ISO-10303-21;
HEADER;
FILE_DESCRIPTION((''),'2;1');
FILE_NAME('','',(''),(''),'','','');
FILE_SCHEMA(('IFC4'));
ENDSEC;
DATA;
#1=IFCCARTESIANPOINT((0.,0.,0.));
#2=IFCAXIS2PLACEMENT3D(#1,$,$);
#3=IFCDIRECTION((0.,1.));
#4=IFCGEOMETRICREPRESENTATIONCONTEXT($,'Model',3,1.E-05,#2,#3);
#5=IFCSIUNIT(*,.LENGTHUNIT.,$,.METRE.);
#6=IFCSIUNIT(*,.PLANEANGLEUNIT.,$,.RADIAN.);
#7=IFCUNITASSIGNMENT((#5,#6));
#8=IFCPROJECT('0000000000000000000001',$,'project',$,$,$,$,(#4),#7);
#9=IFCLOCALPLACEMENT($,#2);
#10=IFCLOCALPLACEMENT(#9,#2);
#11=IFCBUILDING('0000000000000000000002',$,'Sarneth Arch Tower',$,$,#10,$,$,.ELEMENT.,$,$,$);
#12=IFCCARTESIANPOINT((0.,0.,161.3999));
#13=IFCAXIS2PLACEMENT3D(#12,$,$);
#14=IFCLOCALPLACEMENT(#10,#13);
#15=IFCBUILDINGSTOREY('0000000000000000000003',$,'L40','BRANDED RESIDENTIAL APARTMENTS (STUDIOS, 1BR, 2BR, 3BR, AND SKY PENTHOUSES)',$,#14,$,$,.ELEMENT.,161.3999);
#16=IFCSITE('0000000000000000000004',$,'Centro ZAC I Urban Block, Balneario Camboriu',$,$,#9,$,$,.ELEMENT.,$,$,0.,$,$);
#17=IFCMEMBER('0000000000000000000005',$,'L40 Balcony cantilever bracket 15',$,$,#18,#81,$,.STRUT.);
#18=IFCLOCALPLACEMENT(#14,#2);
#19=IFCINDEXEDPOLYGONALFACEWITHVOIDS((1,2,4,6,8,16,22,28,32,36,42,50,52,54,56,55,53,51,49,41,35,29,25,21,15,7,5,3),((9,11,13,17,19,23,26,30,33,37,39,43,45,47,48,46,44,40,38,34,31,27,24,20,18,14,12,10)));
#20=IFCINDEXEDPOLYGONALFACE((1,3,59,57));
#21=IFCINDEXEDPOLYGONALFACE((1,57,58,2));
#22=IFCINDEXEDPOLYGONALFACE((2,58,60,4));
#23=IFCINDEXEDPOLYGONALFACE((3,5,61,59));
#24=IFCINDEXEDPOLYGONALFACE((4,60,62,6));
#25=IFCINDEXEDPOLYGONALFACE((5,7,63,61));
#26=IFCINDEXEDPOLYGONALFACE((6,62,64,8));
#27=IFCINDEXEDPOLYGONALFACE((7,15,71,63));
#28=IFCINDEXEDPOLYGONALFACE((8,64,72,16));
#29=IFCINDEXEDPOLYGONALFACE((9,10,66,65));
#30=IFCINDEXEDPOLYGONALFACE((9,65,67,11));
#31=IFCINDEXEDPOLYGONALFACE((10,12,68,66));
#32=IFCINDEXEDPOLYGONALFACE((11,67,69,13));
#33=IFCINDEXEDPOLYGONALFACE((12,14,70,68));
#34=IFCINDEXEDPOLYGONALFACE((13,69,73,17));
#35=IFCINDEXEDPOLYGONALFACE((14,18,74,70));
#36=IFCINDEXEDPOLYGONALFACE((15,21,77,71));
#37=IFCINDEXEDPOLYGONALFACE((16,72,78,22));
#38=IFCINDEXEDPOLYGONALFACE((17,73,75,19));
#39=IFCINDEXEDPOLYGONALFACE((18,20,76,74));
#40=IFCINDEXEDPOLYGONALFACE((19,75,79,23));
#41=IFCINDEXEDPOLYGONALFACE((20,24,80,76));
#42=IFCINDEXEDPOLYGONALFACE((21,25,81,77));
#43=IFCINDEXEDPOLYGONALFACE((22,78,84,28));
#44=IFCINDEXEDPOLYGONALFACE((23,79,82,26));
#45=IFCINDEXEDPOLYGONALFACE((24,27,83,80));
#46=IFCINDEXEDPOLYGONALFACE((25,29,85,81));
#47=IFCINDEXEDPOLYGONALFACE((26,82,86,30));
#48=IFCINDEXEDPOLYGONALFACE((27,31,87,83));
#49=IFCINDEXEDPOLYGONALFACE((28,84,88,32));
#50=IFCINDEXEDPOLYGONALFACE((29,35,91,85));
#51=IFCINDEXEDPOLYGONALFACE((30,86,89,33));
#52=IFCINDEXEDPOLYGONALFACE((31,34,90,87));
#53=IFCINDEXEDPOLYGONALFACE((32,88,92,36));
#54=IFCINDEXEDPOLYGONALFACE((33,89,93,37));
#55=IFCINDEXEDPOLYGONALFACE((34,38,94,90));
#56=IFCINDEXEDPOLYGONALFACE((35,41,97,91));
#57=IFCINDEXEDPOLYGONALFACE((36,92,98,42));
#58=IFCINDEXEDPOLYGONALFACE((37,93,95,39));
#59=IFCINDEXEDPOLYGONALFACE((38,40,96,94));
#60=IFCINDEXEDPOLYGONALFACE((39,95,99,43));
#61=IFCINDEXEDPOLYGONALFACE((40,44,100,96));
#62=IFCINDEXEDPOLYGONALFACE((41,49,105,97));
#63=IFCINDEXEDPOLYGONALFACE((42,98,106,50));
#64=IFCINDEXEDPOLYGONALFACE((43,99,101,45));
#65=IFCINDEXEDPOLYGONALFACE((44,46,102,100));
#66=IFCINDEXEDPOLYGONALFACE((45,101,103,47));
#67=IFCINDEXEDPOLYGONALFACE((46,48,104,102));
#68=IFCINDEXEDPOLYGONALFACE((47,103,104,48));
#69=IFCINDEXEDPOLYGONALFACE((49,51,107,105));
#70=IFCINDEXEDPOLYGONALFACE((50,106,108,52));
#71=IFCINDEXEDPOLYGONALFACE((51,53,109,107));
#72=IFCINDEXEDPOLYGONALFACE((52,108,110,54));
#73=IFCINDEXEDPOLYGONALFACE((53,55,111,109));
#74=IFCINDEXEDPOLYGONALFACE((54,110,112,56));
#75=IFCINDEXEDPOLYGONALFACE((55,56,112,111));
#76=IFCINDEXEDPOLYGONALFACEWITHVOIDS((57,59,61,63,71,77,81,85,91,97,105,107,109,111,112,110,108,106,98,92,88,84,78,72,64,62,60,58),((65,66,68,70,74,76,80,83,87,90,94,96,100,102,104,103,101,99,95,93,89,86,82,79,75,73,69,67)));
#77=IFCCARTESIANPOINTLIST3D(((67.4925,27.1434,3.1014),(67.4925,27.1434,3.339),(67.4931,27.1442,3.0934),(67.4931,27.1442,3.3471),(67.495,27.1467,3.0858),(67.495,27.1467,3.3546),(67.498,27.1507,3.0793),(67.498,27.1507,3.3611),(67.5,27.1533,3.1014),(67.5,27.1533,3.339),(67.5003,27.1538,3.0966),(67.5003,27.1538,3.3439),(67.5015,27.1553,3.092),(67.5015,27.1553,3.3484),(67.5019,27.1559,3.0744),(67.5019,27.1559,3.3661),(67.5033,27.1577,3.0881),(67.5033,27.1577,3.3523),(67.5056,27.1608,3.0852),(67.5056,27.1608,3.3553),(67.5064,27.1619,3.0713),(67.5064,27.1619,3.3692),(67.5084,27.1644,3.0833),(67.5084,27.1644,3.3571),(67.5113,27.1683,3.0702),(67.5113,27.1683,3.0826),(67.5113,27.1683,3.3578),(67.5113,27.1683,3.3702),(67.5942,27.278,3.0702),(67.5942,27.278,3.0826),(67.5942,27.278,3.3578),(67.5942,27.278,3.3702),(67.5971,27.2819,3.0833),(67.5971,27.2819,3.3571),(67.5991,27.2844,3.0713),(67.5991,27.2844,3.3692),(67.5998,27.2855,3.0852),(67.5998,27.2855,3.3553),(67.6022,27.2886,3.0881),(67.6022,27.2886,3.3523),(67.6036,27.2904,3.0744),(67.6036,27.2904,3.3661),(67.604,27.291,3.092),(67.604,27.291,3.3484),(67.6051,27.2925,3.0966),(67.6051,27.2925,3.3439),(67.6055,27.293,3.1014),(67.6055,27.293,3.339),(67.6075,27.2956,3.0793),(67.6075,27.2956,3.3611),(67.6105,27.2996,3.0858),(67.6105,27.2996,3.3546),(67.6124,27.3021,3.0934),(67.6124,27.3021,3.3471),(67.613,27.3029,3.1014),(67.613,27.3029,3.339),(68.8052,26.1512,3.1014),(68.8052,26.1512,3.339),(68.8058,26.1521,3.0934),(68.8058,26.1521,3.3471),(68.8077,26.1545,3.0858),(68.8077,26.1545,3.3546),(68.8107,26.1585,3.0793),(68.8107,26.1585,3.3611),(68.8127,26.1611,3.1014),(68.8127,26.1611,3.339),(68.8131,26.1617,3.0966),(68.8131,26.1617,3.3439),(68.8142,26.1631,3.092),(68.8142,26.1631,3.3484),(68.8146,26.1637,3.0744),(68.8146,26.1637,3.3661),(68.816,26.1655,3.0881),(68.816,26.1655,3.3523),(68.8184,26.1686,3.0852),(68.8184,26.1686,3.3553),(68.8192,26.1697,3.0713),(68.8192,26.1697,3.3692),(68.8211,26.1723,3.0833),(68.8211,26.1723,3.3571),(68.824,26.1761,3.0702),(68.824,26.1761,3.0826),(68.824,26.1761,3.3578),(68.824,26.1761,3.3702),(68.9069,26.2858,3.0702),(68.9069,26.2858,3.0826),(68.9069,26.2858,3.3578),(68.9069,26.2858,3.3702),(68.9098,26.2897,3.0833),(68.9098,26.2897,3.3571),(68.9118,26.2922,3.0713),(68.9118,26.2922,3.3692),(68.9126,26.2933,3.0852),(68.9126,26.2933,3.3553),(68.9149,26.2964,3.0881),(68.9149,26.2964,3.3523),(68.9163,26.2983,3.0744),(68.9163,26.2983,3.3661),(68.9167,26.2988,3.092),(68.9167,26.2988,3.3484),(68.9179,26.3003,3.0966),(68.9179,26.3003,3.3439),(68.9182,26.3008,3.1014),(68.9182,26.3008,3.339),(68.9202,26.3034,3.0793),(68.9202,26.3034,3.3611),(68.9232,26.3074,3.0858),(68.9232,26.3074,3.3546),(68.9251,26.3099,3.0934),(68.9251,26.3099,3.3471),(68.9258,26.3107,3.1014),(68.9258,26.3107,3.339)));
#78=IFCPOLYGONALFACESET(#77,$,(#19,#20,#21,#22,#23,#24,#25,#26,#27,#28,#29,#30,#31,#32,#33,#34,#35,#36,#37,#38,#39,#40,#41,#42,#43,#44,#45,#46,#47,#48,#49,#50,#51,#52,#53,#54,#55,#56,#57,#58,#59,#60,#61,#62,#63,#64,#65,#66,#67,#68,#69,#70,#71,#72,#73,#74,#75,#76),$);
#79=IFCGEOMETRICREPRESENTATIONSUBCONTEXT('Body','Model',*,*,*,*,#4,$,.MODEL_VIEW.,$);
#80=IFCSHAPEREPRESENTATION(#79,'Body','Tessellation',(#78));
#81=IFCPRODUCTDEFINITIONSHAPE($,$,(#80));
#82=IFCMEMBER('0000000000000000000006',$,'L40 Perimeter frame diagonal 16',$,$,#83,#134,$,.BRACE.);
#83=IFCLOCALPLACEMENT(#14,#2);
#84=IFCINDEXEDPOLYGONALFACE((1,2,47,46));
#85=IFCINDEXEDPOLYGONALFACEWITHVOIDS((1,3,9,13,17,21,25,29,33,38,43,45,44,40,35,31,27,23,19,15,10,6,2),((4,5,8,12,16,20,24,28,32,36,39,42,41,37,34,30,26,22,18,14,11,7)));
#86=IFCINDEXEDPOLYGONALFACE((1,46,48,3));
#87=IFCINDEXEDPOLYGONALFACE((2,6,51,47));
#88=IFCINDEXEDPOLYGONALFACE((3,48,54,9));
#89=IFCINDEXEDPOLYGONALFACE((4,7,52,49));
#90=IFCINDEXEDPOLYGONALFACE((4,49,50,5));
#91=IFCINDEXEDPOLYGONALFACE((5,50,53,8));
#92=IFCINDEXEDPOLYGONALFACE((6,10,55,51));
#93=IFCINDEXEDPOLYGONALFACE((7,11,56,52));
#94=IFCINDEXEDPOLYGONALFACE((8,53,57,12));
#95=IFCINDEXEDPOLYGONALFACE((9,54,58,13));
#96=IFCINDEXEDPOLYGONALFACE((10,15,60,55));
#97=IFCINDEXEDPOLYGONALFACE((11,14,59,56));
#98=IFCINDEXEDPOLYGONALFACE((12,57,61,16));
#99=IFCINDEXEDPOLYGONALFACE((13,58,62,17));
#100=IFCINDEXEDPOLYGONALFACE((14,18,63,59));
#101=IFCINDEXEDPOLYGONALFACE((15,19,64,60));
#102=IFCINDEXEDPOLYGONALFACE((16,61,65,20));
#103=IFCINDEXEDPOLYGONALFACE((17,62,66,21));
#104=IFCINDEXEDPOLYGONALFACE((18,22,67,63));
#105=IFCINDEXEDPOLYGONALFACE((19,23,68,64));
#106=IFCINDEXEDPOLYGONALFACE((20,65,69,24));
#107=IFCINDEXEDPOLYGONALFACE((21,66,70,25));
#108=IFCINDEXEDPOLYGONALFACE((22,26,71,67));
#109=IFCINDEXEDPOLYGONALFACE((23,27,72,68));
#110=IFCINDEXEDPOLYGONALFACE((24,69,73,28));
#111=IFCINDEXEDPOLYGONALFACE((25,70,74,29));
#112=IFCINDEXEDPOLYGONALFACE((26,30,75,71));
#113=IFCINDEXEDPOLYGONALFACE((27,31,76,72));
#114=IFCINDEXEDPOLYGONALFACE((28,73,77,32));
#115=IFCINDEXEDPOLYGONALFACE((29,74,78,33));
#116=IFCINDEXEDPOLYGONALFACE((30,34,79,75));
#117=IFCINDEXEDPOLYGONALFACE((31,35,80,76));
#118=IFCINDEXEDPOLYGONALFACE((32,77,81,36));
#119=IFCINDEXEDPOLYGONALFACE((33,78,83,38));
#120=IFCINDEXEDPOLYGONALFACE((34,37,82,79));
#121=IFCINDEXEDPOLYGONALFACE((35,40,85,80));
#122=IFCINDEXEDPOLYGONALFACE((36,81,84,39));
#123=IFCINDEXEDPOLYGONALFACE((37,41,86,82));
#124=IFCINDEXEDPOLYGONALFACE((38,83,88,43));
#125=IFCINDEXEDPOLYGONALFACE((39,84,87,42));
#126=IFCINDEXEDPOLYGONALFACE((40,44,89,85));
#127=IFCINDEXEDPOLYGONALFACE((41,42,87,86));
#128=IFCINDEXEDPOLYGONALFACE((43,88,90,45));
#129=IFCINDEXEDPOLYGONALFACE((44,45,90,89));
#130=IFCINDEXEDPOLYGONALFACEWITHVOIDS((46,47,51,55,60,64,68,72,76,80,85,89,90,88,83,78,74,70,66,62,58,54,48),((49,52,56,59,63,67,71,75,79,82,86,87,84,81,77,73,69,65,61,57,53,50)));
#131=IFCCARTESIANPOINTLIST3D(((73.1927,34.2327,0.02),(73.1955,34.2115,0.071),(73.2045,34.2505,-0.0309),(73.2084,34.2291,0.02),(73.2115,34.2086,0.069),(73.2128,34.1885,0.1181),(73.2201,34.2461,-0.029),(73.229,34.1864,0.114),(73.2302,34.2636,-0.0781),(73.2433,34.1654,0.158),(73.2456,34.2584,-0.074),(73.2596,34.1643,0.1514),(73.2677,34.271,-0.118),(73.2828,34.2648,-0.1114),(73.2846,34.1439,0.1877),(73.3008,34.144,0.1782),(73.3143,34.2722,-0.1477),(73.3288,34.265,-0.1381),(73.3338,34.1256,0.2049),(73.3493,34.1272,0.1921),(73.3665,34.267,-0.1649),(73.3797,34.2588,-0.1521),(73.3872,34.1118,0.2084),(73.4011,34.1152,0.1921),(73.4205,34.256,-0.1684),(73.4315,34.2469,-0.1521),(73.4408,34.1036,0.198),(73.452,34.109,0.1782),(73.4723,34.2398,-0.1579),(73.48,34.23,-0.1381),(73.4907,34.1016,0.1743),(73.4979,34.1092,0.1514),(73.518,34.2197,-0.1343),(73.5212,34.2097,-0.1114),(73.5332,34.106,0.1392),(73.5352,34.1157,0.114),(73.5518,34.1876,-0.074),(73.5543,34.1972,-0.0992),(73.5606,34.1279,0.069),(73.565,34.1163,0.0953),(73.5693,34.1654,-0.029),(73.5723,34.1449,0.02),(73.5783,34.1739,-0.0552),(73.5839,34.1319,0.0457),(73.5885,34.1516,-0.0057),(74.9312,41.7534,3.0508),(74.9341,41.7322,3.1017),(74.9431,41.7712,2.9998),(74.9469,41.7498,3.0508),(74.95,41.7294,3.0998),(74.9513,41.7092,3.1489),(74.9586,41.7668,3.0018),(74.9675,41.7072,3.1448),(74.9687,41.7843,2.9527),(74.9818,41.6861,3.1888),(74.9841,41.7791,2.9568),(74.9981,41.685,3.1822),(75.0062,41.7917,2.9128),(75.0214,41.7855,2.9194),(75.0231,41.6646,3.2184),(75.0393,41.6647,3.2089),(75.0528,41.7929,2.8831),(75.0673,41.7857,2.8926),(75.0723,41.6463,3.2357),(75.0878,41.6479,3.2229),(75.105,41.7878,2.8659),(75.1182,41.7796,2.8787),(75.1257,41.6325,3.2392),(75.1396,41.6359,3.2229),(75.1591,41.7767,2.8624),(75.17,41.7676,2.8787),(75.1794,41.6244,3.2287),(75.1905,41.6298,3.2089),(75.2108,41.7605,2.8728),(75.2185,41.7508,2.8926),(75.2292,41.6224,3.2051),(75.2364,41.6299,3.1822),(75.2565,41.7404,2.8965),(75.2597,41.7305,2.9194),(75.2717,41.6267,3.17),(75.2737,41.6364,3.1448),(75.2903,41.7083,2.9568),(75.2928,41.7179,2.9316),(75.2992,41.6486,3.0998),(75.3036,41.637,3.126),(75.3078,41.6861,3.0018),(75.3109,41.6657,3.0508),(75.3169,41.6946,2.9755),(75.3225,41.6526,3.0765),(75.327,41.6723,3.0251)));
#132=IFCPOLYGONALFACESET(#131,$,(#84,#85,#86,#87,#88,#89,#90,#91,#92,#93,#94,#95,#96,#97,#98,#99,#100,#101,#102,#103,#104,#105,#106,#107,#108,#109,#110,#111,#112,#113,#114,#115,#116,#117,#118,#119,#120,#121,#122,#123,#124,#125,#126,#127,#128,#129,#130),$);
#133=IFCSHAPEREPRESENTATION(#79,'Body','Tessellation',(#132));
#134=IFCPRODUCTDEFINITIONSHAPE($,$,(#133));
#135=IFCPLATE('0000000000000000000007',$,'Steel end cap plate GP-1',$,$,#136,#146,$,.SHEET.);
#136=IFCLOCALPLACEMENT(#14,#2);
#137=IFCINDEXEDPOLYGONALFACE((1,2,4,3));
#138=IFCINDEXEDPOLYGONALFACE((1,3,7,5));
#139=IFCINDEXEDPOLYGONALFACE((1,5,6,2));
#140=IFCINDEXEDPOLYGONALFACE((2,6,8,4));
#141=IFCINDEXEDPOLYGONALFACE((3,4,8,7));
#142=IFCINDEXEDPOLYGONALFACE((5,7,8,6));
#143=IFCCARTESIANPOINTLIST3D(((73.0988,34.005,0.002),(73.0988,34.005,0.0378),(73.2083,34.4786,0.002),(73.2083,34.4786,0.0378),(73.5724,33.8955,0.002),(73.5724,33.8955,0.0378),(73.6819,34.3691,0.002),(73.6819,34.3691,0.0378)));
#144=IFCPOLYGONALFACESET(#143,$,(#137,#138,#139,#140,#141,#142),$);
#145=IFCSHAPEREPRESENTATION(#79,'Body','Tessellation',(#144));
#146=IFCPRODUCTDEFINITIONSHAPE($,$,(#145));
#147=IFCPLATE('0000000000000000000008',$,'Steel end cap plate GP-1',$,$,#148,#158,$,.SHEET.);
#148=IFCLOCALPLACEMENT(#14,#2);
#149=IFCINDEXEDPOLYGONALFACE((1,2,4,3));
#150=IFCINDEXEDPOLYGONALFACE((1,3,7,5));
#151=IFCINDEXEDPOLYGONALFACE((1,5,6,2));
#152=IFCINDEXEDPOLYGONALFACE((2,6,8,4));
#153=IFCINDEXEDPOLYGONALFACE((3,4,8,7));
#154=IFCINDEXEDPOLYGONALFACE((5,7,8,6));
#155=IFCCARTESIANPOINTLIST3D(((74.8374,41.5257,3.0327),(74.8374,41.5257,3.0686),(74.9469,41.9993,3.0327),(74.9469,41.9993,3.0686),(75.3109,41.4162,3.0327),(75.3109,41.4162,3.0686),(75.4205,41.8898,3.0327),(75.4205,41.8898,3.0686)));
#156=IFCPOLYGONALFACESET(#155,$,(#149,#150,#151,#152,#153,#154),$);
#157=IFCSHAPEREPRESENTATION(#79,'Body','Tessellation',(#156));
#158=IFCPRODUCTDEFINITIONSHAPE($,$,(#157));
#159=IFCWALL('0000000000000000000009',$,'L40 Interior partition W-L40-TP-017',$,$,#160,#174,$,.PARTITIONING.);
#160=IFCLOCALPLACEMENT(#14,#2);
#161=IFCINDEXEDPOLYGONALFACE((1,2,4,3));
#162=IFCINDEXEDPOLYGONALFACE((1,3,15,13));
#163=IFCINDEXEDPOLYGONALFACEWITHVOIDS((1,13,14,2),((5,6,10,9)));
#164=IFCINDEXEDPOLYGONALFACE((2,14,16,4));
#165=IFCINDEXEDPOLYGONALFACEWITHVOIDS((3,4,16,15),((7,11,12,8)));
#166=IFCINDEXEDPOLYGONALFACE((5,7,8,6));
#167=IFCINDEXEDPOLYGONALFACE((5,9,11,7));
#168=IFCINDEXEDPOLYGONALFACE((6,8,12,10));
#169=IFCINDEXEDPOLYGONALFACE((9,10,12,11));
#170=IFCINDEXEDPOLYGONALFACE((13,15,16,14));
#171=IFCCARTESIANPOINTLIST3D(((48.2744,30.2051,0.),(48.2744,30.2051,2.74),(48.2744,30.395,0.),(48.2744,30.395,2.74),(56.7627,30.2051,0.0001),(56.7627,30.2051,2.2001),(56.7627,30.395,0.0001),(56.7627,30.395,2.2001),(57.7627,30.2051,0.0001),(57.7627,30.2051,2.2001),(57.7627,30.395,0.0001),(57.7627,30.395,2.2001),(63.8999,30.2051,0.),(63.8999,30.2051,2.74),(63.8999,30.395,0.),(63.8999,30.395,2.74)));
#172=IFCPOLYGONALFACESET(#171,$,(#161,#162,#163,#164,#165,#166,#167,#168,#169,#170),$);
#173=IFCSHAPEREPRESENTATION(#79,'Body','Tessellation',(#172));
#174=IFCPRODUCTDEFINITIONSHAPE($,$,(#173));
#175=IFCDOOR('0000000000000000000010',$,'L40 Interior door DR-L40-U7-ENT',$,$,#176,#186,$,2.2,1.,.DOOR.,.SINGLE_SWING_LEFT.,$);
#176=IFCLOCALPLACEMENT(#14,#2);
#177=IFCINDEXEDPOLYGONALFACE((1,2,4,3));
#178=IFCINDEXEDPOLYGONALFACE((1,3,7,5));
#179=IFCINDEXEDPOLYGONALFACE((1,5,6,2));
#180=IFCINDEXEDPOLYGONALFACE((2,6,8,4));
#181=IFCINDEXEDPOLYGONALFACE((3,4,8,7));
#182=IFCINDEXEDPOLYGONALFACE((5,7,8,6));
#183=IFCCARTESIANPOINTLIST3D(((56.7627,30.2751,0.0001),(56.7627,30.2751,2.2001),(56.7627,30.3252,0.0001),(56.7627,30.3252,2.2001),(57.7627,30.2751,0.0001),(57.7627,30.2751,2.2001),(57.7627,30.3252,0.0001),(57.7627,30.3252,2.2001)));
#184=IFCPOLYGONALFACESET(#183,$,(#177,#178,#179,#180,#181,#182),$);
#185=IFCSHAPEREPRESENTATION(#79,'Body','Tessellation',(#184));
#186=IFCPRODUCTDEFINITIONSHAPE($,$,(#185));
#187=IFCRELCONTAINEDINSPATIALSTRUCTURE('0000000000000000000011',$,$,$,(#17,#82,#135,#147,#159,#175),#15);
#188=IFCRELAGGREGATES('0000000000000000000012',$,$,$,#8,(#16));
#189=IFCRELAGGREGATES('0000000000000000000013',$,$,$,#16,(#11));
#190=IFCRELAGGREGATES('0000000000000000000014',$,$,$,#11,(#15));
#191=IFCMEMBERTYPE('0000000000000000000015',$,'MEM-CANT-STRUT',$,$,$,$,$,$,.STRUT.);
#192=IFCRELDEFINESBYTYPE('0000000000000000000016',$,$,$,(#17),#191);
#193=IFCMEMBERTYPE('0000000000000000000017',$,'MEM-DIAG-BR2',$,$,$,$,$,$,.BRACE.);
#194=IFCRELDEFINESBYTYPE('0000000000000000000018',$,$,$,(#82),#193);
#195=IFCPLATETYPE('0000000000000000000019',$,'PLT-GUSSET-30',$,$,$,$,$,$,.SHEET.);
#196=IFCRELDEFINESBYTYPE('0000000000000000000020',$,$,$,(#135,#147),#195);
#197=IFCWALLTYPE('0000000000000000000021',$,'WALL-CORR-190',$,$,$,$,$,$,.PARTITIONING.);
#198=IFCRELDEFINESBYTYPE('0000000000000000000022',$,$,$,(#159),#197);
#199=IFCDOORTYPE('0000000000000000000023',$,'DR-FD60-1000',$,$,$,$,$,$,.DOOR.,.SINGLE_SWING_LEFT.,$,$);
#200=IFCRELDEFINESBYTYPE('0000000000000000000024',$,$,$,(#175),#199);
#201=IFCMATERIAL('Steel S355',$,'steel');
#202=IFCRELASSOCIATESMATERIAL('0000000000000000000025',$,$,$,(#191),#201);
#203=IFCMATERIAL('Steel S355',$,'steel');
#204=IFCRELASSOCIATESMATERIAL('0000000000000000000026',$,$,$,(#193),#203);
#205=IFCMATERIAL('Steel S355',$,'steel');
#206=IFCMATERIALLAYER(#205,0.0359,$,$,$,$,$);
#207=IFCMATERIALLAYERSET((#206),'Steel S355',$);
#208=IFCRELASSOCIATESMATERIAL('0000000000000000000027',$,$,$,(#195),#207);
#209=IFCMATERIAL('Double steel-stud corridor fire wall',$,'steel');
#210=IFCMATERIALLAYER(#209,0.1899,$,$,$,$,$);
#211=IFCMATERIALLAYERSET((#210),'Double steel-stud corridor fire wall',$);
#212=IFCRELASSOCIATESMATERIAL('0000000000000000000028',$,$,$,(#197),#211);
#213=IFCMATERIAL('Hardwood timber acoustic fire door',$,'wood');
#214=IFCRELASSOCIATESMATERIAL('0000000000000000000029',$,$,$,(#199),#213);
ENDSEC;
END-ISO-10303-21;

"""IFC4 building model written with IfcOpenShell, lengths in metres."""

from ifc_helpers import new_model, si_unit, direction, frame, frame_2d, origin, origin_2d, place, context, subcontext, project, spatial, rectangle, hollow_rectangle, hollow_circle, extrude, material, layer, layer_set, material_profile, profile_set, type_object, element, fill, save


model = new_model("IFC4")

# Units and contexts
model_context = context("Model", 3, precision=1e-05, world=origin(), true_north=direction((0.0, 1.0)))
body_context = subcontext(model_context, "Body", "Model", "MODEL_VIEW")
ifc_project = project(units=[si_unit("LENGTHUNIT", "METRE"), si_unit("PLANEANGLEUNIT", "RADIAN")], contexts=[model_context])

# Site, building, storey
site_placement = place(None, origin())
site = spatial("IfcSite", under=ifc_project, at=site_placement, Name="Centro ZAC I Urban Block, Balneario Camboriu", CompositionType="ELEMENT", RefElevation=0.0)
building_placement = place(site_placement, origin())
building = spatial("IfcBuilding", under=site, at=building_placement, Name="Sarneth Arch Tower", CompositionType="ELEMENT")
storey_placement = place(building_placement, frame((0.0, 0.0, 161.3999)))
storey = spatial("IfcBuildingStorey", under=building, at=storey_placement, Name="L40", Description="BRANDED RESIDENTIAL APARTMENTS (STUDIOS, 1BR, 2BR, 3BR, AND SKY PENTHOUSES)", CompositionType="ELEMENT", Elevation=161.3999)

# Members
ifc_material_1 = material(Name="Steel S355", Category="steel")
ifc_material_profile_1 = material_profile(ifc_material_1, hollow_rectangle(XDim=0.2, YDim=0.3, WallThickness=0.0125, InnerFilletRadius=0.0188, OuterFilletRadius=0.0312, at=origin_2d()), Name="RHS300x200x12.5")
ifc_profile_set_1 = profile_set([ifc_material_profile_1], Name="Steel S355")
member_type_1 = type_object("IfcMemberType", Name="MEM-CANT-STRUT", PredefinedType="STRUT", material=ifc_profile_set_1)
member_1_placement = place(storey_placement, frame((67.5527, 27.2231, 3.2202), z_axis=(0.797769, -0.602963, 0.0), x_axis=(0.602963, 0.797769, 0.0)))
element("IfcMember", 1, at=member_1_placement, inside=storey, type_object=member_type_1, Name="L40 Balcony cantilever bracket 15", PredefinedType="STRUT", context=body_context, shape_type="SweptSolid", body=[
    extrude(hollow_rectangle(XDim=0.2, YDim=0.3, WallThickness=0.0125, InnerFilletRadius=0.0188, OuterFilletRadius=0.0312, at=origin_2d()), origin(), (0.0, 0.0, 1.0), 1.6455),
])
ifc_material_2 = material(Name="Steel S355", Category="steel")
ifc_material_profile_2 = material_profile(ifc_material_2, hollow_circle(Radius=0.2029, WallThickness=0.0161, at=origin_2d()), Name="CHS406x16")
ifc_profile_set_2 = profile_set([ifc_material_profile_2], Name="Steel S355")
member_type_2 = type_object("IfcMemberType", Name="MEM-DIAG-BR2", PredefinedType="BRACE", material=ifc_profile_set_2)
member_2_placement = place(storey_placement, frame((73.3904, 34.187, 0.02), z_axis=(0.209644, 0.906907, 0.365471), x_axis=(-0.974307, 0.225224, 0.0)))
element("IfcMember", 2, at=member_2_placement, inside=storey, type_object=member_type_2, Name="L40 Perimeter frame diagonal 16", PredefinedType="BRACE", context=body_context, shape_type="SweptSolid", body=[
    extrude(hollow_circle(Radius=0.2029, WallThickness=0.0161, at=origin_2d()), origin(), (0.0, 0.0, 1.0), 8.2927),
])

# Plates
ifc_material_3 = material(Name="Steel S355", Category="steel")
ifc_layer_1 = layer(ifc_material_3, 0.0359)
ifc_layer_set_1 = layer_set([ifc_layer_1], Name="Steel S355")
plate_type = type_object("IfcPlateType", Name="PLT-GUSSET-30", PredefinedType="SHEET", material=ifc_layer_set_1)
for number, where, z_axis, x_axis, name in (
    (3, (73.3904, 34.187, 0.002), (0.0, 0.0, 1.0), (0.225291, 0.974291, 0.0), "Steel end cap plate GP-1"),
    (4, (75.1289, 41.7078, 3.0327), (0.0, 0.0, 1.0), (0.225291, 0.974291, 0.0), "Steel end cap plate GP-1"),
):
    element("IfcPlate", number, at=place(storey_placement, frame(where, z_axis=z_axis, x_axis=x_axis)), inside=storey, type_object=plate_type, Name=name, PredefinedType="SHEET", context=body_context, shape_type="SweptSolid", body=[
        extrude(rectangle(XDim=0.4861, YDim=0.4861, at=origin_2d()), origin(), (0.0, 0.0, 1.0), 0.0359),
    ])

# Wall, opening, door
ifc_material_4 = material(Name="Double steel-stud corridor fire wall", Category="steel")
ifc_layer_2 = layer(ifc_material_4, 0.1899)
ifc_layer_set_2 = layer_set([ifc_layer_2], Name="Double steel-stud corridor fire wall")
wall_type_1 = type_object("IfcWallType", Name="WALL-CORR-190", PredefinedType="PARTITIONING", material=ifc_layer_set_2)
wall_1_placement = place(storey_placement, frame((63.8999, 30.3, 0.0), z_axis=(0.0, 0.0, 1.0), x_axis=(-1.0, 0.0, 0.0)))
wall_1 = element("IfcWall", 5, at=wall_1_placement, inside=storey, type_object=wall_type_1, Name="L40 Interior partition W-L40-TP-017", PredefinedType="PARTITIONING", context=body_context, shape_type="SweptSolid", body=[
    extrude(rectangle(XDim=15.6255, YDim=0.1899, at=frame_2d((7.8127, 0.0))), origin(), (0.0, 0.0, 1.0), 2.74),
])
opening_1_placement = place(wall_1_placement, frame((6.1372, 0.0, 0.0)))
opening_1 = element("IfcOpeningElement", 6, at=opening_1_placement, cuts=wall_1, PredefinedType="OPENING", context=body_context, shape_type="SweptSolid", body=[
    extrude(rectangle(XDim=1.0, YDim=2.2, at=frame_2d((0.5, 1.1001))), frame((0.0, 0.105, 0.0), z_axis=(0.0, -1.0, 0.0), x_axis=(1.0, 0.0, 0.0)), (0.0, 0.0, 1.0), 0.21),
])
ifc_material_5 = material(Name="Hardwood timber acoustic fire door", Category="wood")
door_type_1 = type_object("IfcDoorType", Name="DR-FD60-1000", OperationType="SINGLE_SWING_LEFT", PredefinedType="DOOR", material=ifc_material_5)
door_1_placement = place(opening_1_placement, origin())
door_1 = element("IfcDoor", 7, at=door_1_placement, inside=storey, type_object=door_type_1, Name="L40 Interior door DR-L40-U7-ENT", OperationType="SINGLE_SWING_LEFT", OverallHeight=2.2, OverallWidth=1.0, PredefinedType="DOOR", context=body_context, shape_type="SweptSolid", body=[
    extrude(rectangle(XDim=1.0, YDim=2.2, at=frame_2d((0.5, 1.1001))), frame((0.0, 0.0249, 0.0), z_axis=(0.0, -1.0, 0.0), x_axis=(1.0, 0.0, 0.0)), (0.0, 0.0, 1.0), 0.05),
])
fill(opening_1, door_1)

save(model, "model.ifc")
